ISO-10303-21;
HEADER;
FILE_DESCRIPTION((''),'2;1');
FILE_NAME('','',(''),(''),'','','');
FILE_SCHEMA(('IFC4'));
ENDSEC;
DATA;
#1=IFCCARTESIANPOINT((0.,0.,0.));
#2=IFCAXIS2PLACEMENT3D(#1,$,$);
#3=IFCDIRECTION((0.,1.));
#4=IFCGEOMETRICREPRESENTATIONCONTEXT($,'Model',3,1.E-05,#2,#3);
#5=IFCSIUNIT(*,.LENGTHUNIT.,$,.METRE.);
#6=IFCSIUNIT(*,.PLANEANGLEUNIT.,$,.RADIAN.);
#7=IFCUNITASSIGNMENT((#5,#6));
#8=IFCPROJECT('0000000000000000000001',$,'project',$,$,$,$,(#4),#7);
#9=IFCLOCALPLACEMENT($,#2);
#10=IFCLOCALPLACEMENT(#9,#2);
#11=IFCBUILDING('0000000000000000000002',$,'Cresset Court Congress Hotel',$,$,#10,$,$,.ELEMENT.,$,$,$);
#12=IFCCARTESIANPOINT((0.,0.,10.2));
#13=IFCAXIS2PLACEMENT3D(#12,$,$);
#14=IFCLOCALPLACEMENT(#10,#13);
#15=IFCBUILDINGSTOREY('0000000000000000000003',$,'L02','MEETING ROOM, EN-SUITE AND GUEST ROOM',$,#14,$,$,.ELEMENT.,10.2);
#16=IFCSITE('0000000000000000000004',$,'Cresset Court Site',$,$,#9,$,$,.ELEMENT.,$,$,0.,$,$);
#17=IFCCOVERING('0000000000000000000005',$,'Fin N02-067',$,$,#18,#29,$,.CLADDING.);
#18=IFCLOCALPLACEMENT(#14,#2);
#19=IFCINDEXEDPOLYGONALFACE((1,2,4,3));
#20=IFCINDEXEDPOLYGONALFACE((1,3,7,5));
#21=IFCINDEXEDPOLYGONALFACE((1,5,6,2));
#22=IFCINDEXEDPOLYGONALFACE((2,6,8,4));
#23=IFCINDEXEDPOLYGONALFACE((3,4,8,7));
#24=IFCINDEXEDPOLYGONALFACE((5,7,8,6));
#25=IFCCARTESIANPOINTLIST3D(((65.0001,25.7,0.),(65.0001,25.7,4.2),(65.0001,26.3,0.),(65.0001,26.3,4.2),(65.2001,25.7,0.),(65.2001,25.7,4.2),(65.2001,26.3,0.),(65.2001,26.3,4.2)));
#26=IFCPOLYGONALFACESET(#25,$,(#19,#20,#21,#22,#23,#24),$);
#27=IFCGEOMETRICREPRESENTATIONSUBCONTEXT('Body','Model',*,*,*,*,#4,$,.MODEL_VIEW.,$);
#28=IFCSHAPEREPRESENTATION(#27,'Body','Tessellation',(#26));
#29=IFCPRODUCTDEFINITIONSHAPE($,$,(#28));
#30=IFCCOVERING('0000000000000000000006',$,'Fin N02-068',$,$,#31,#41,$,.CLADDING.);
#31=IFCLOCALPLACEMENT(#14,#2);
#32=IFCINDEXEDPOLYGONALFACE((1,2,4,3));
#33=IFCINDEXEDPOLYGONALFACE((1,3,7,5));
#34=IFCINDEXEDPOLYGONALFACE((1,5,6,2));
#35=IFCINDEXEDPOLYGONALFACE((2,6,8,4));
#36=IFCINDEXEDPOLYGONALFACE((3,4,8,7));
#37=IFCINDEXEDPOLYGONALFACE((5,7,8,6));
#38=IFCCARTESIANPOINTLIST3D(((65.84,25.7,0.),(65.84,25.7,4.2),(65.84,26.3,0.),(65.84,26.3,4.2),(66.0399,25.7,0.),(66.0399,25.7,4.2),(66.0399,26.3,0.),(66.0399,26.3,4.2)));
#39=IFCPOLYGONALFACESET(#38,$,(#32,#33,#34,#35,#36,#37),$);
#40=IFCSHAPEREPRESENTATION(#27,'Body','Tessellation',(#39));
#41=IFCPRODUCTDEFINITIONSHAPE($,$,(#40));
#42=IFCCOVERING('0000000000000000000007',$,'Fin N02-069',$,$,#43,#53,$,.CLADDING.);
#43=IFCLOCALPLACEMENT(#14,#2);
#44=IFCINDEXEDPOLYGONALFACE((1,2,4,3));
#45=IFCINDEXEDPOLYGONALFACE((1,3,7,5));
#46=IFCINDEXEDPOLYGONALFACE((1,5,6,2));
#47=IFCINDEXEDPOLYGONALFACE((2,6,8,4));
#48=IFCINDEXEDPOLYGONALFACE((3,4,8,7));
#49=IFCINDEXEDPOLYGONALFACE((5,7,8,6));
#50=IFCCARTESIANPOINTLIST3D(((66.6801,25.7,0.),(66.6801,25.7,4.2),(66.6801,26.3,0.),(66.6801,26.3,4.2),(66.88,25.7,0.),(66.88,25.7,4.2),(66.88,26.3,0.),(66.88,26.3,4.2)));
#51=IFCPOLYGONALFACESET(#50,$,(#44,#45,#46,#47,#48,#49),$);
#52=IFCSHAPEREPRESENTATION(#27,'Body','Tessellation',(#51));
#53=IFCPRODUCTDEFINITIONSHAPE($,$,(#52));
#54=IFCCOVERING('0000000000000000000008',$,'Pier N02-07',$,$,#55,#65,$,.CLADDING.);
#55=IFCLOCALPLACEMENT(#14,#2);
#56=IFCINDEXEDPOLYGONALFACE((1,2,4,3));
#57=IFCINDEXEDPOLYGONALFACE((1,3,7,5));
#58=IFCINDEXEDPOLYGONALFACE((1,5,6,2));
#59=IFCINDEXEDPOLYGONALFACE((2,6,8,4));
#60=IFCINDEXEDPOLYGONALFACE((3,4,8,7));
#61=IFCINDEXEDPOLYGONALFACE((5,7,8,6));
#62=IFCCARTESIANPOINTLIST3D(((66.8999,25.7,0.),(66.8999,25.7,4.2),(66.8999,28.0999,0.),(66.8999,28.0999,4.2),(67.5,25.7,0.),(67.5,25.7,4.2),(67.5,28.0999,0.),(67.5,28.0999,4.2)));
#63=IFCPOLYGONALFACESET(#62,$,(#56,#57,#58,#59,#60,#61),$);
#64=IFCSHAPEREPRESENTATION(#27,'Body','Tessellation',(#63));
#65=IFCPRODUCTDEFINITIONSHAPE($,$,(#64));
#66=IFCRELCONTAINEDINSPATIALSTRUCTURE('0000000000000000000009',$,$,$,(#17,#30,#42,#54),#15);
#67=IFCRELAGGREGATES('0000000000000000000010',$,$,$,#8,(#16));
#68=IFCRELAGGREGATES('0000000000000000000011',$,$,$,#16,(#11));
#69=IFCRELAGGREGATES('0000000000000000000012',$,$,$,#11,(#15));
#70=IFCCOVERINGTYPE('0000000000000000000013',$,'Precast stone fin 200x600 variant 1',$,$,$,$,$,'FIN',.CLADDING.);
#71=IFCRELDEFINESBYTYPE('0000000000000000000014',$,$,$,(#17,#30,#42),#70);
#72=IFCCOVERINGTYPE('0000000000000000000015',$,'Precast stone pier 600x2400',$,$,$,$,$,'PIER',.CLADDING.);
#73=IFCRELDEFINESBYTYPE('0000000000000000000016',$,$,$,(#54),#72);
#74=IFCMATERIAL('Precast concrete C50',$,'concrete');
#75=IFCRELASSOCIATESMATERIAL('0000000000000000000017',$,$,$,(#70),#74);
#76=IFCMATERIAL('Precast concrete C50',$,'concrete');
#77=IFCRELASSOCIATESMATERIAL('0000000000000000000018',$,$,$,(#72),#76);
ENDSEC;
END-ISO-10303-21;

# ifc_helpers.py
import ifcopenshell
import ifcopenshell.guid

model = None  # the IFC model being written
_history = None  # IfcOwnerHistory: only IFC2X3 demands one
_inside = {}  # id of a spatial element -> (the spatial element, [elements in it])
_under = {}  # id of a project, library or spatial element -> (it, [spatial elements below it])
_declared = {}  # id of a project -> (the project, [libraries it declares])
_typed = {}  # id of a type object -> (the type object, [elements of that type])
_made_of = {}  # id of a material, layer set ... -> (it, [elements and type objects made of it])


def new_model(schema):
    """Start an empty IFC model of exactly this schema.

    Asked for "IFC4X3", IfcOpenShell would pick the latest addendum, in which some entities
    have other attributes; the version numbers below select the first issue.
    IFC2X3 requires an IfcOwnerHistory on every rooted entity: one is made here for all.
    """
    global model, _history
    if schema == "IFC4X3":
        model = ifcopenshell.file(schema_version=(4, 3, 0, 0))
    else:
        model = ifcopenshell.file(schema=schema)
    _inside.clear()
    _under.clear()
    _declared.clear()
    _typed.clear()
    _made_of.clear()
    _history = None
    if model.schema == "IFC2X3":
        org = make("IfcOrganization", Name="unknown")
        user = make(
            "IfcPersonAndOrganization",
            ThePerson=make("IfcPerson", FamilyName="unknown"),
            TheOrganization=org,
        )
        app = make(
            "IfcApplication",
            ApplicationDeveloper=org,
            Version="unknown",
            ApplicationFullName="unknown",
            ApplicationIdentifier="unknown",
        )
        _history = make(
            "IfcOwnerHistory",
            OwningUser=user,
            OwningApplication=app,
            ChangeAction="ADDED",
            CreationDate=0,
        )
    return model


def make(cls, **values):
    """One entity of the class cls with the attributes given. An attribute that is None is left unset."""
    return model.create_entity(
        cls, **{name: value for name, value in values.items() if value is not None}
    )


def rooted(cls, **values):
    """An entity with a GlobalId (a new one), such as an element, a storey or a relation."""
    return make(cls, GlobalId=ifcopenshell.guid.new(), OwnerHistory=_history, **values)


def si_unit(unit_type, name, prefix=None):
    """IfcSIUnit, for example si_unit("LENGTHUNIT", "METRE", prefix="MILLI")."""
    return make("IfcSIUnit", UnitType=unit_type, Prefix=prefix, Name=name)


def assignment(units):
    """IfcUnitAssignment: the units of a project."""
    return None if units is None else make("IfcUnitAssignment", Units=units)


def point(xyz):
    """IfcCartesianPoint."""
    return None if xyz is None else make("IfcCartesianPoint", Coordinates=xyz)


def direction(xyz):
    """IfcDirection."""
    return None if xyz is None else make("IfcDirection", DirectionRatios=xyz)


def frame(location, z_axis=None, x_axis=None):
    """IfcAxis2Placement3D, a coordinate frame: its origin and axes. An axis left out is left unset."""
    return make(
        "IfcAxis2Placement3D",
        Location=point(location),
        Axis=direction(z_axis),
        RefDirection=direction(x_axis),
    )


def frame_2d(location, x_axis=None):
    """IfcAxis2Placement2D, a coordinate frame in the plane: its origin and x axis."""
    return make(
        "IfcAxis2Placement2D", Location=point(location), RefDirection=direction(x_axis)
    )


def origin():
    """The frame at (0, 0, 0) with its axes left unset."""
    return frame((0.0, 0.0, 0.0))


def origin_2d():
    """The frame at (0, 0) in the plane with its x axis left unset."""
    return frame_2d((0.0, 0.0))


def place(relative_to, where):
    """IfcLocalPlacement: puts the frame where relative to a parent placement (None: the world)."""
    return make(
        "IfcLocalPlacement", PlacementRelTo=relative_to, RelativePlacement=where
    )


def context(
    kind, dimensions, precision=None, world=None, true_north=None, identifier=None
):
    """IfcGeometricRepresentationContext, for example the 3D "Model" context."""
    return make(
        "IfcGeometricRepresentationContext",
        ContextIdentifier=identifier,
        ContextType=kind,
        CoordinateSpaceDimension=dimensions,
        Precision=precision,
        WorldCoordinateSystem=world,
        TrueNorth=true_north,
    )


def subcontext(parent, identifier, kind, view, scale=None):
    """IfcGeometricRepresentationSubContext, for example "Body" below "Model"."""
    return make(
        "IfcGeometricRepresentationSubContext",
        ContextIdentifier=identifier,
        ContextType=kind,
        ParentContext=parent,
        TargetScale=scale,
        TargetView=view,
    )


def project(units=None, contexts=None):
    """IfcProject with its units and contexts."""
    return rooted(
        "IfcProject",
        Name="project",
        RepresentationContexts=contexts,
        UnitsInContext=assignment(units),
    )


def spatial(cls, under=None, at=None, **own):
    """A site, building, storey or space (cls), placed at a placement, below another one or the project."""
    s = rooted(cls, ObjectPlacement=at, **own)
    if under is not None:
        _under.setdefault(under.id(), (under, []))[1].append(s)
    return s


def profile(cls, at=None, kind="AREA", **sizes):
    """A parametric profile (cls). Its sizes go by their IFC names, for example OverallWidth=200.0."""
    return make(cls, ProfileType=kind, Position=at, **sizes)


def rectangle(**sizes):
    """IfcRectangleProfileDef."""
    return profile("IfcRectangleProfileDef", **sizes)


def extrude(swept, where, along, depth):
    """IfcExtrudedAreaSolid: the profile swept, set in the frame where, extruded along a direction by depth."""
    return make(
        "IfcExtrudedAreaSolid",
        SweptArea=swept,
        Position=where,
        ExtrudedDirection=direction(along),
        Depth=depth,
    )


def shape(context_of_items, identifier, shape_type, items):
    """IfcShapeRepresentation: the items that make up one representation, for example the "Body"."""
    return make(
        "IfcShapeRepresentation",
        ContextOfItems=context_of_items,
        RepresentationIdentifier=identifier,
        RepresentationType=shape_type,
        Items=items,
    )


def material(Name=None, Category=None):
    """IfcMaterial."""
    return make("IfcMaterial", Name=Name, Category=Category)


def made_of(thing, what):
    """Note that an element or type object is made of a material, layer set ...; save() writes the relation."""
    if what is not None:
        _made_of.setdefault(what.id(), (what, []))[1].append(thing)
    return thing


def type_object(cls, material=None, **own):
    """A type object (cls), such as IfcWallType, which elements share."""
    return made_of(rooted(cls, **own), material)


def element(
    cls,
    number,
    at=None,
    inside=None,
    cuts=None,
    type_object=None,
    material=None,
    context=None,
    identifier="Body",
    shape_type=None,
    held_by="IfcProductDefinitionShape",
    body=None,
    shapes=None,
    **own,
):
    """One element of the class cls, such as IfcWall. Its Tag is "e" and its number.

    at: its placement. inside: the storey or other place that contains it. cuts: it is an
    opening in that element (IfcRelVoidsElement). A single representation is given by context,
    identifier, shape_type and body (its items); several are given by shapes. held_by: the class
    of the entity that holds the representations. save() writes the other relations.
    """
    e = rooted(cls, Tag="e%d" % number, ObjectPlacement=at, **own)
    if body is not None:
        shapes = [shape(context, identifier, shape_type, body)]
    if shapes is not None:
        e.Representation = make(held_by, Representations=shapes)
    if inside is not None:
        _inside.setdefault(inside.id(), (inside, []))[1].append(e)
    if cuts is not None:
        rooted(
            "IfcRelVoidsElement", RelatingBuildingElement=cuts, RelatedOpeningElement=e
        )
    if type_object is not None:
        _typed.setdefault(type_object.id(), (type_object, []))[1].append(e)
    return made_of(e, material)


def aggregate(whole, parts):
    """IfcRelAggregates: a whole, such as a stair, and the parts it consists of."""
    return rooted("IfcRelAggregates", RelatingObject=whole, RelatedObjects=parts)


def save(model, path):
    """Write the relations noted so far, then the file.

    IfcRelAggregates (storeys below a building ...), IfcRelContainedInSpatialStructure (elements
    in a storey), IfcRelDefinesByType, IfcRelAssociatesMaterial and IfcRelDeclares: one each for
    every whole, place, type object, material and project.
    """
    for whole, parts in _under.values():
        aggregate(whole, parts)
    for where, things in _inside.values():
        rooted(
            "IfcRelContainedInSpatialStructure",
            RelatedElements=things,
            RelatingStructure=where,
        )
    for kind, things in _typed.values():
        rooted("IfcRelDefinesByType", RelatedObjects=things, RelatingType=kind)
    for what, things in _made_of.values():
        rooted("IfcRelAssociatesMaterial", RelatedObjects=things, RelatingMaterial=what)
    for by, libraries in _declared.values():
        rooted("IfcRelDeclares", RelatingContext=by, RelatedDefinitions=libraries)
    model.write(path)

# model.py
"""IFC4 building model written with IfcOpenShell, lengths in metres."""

from ifc_helpers import new_model, si_unit, direction, frame, origin, origin_2d, place, context, subcontext, project, spatial, rectangle, extrude, material, type_object, element, save


model = new_model("IFC4")

# Units and contexts
model_context = context("Model", 3, precision=1e-05, world=origin(), true_north=direction((0.0, 1.0)))
body_context = subcontext(model_context, "Body", "Model", "MODEL_VIEW")
ifc_project = project(units=[si_unit("LENGTHUNIT", "METRE"), si_unit("PLANEANGLEUNIT", "RADIAN")], contexts=[model_context])

# Site, building, storey
site_placement = place(None, origin())
site = spatial("IfcSite", under=ifc_project, at=site_placement, Name="Cresset Court Site", CompositionType="ELEMENT", RefElevation=0.0)
building_placement = place(site_placement, origin())
building = spatial("IfcBuilding", under=site, at=building_placement, Name="Cresset Court Congress Hotel", CompositionType="ELEMENT")
storey_placement = place(building_placement, frame((0.0, 0.0, 10.2)))
storey = spatial("IfcBuildingStorey", under=building, at=storey_placement, Name="L02", Description="MEETING ROOM, EN-SUITE AND GUEST ROOM", CompositionType="ELEMENT", Elevation=10.2)

# Coverings
ifc_material_1 = material(Name="Precast concrete C50", Category="concrete")
covering_type_1 = type_object("IfcCoveringType", Name="Precast stone fin 200x600 variant 1", ElementType="FIN", PredefinedType="CLADDING", material=ifc_material_1)
for number, where, z_axis, x_axis, name in (
    (1, (65.1001, 26.0, 0.0), (0.0, 0.0, 1.0), (1.0, 0.0, 0.0), "Fin N02-067"),
    (2, (65.9399, 26.0, 0.0), (0.0, 0.0, 1.0), (1.0, 0.0, 0.0), "Fin N02-068"),
    (3, (66.78, 26.0, 0.0), (0.0, 0.0, 1.0), (1.0, 0.0, 0.0), "Fin N02-069"),
):
    element("IfcCovering", number, at=place(storey_placement, frame(where, z_axis=z_axis, x_axis=x_axis)), inside=storey, type_object=covering_type_1, Name=name, PredefinedType="CLADDING", context=body_context, shape_type="SweptSolid", body=[
        extrude(rectangle(XDim=0.2, YDim=0.6001, at=origin_2d()), origin(), (0.0, 0.0, 1.0), 4.2),
    ])
ifc_material_2 = material(Name="Precast concrete C50", Category="concrete")
covering_type_2 = type_object("IfcCoveringType", Name="Precast stone pier 600x2400", ElementType="PIER", PredefinedType="CLADDING", material=ifc_material_2)
covering_placement = place(storey_placement, frame((67.2, 26.8999, 0.0), z_axis=(0.0, 0.0, 1.0), x_axis=(1.0, 0.0, 0.0)))
element("IfcCovering", 4, at=covering_placement, inside=storey, type_object=covering_type_2, Name="Pier N02-07", PredefinedType="CLADDING", context=body_context, shape_type="SweptSolid", body=[
    extrude(rectangle(XDim=0.6001, YDim=2.3999, at=origin_2d()), origin(), (0.0, 0.0, 1.0), 4.2),
])

save(model, "model.ifc")
